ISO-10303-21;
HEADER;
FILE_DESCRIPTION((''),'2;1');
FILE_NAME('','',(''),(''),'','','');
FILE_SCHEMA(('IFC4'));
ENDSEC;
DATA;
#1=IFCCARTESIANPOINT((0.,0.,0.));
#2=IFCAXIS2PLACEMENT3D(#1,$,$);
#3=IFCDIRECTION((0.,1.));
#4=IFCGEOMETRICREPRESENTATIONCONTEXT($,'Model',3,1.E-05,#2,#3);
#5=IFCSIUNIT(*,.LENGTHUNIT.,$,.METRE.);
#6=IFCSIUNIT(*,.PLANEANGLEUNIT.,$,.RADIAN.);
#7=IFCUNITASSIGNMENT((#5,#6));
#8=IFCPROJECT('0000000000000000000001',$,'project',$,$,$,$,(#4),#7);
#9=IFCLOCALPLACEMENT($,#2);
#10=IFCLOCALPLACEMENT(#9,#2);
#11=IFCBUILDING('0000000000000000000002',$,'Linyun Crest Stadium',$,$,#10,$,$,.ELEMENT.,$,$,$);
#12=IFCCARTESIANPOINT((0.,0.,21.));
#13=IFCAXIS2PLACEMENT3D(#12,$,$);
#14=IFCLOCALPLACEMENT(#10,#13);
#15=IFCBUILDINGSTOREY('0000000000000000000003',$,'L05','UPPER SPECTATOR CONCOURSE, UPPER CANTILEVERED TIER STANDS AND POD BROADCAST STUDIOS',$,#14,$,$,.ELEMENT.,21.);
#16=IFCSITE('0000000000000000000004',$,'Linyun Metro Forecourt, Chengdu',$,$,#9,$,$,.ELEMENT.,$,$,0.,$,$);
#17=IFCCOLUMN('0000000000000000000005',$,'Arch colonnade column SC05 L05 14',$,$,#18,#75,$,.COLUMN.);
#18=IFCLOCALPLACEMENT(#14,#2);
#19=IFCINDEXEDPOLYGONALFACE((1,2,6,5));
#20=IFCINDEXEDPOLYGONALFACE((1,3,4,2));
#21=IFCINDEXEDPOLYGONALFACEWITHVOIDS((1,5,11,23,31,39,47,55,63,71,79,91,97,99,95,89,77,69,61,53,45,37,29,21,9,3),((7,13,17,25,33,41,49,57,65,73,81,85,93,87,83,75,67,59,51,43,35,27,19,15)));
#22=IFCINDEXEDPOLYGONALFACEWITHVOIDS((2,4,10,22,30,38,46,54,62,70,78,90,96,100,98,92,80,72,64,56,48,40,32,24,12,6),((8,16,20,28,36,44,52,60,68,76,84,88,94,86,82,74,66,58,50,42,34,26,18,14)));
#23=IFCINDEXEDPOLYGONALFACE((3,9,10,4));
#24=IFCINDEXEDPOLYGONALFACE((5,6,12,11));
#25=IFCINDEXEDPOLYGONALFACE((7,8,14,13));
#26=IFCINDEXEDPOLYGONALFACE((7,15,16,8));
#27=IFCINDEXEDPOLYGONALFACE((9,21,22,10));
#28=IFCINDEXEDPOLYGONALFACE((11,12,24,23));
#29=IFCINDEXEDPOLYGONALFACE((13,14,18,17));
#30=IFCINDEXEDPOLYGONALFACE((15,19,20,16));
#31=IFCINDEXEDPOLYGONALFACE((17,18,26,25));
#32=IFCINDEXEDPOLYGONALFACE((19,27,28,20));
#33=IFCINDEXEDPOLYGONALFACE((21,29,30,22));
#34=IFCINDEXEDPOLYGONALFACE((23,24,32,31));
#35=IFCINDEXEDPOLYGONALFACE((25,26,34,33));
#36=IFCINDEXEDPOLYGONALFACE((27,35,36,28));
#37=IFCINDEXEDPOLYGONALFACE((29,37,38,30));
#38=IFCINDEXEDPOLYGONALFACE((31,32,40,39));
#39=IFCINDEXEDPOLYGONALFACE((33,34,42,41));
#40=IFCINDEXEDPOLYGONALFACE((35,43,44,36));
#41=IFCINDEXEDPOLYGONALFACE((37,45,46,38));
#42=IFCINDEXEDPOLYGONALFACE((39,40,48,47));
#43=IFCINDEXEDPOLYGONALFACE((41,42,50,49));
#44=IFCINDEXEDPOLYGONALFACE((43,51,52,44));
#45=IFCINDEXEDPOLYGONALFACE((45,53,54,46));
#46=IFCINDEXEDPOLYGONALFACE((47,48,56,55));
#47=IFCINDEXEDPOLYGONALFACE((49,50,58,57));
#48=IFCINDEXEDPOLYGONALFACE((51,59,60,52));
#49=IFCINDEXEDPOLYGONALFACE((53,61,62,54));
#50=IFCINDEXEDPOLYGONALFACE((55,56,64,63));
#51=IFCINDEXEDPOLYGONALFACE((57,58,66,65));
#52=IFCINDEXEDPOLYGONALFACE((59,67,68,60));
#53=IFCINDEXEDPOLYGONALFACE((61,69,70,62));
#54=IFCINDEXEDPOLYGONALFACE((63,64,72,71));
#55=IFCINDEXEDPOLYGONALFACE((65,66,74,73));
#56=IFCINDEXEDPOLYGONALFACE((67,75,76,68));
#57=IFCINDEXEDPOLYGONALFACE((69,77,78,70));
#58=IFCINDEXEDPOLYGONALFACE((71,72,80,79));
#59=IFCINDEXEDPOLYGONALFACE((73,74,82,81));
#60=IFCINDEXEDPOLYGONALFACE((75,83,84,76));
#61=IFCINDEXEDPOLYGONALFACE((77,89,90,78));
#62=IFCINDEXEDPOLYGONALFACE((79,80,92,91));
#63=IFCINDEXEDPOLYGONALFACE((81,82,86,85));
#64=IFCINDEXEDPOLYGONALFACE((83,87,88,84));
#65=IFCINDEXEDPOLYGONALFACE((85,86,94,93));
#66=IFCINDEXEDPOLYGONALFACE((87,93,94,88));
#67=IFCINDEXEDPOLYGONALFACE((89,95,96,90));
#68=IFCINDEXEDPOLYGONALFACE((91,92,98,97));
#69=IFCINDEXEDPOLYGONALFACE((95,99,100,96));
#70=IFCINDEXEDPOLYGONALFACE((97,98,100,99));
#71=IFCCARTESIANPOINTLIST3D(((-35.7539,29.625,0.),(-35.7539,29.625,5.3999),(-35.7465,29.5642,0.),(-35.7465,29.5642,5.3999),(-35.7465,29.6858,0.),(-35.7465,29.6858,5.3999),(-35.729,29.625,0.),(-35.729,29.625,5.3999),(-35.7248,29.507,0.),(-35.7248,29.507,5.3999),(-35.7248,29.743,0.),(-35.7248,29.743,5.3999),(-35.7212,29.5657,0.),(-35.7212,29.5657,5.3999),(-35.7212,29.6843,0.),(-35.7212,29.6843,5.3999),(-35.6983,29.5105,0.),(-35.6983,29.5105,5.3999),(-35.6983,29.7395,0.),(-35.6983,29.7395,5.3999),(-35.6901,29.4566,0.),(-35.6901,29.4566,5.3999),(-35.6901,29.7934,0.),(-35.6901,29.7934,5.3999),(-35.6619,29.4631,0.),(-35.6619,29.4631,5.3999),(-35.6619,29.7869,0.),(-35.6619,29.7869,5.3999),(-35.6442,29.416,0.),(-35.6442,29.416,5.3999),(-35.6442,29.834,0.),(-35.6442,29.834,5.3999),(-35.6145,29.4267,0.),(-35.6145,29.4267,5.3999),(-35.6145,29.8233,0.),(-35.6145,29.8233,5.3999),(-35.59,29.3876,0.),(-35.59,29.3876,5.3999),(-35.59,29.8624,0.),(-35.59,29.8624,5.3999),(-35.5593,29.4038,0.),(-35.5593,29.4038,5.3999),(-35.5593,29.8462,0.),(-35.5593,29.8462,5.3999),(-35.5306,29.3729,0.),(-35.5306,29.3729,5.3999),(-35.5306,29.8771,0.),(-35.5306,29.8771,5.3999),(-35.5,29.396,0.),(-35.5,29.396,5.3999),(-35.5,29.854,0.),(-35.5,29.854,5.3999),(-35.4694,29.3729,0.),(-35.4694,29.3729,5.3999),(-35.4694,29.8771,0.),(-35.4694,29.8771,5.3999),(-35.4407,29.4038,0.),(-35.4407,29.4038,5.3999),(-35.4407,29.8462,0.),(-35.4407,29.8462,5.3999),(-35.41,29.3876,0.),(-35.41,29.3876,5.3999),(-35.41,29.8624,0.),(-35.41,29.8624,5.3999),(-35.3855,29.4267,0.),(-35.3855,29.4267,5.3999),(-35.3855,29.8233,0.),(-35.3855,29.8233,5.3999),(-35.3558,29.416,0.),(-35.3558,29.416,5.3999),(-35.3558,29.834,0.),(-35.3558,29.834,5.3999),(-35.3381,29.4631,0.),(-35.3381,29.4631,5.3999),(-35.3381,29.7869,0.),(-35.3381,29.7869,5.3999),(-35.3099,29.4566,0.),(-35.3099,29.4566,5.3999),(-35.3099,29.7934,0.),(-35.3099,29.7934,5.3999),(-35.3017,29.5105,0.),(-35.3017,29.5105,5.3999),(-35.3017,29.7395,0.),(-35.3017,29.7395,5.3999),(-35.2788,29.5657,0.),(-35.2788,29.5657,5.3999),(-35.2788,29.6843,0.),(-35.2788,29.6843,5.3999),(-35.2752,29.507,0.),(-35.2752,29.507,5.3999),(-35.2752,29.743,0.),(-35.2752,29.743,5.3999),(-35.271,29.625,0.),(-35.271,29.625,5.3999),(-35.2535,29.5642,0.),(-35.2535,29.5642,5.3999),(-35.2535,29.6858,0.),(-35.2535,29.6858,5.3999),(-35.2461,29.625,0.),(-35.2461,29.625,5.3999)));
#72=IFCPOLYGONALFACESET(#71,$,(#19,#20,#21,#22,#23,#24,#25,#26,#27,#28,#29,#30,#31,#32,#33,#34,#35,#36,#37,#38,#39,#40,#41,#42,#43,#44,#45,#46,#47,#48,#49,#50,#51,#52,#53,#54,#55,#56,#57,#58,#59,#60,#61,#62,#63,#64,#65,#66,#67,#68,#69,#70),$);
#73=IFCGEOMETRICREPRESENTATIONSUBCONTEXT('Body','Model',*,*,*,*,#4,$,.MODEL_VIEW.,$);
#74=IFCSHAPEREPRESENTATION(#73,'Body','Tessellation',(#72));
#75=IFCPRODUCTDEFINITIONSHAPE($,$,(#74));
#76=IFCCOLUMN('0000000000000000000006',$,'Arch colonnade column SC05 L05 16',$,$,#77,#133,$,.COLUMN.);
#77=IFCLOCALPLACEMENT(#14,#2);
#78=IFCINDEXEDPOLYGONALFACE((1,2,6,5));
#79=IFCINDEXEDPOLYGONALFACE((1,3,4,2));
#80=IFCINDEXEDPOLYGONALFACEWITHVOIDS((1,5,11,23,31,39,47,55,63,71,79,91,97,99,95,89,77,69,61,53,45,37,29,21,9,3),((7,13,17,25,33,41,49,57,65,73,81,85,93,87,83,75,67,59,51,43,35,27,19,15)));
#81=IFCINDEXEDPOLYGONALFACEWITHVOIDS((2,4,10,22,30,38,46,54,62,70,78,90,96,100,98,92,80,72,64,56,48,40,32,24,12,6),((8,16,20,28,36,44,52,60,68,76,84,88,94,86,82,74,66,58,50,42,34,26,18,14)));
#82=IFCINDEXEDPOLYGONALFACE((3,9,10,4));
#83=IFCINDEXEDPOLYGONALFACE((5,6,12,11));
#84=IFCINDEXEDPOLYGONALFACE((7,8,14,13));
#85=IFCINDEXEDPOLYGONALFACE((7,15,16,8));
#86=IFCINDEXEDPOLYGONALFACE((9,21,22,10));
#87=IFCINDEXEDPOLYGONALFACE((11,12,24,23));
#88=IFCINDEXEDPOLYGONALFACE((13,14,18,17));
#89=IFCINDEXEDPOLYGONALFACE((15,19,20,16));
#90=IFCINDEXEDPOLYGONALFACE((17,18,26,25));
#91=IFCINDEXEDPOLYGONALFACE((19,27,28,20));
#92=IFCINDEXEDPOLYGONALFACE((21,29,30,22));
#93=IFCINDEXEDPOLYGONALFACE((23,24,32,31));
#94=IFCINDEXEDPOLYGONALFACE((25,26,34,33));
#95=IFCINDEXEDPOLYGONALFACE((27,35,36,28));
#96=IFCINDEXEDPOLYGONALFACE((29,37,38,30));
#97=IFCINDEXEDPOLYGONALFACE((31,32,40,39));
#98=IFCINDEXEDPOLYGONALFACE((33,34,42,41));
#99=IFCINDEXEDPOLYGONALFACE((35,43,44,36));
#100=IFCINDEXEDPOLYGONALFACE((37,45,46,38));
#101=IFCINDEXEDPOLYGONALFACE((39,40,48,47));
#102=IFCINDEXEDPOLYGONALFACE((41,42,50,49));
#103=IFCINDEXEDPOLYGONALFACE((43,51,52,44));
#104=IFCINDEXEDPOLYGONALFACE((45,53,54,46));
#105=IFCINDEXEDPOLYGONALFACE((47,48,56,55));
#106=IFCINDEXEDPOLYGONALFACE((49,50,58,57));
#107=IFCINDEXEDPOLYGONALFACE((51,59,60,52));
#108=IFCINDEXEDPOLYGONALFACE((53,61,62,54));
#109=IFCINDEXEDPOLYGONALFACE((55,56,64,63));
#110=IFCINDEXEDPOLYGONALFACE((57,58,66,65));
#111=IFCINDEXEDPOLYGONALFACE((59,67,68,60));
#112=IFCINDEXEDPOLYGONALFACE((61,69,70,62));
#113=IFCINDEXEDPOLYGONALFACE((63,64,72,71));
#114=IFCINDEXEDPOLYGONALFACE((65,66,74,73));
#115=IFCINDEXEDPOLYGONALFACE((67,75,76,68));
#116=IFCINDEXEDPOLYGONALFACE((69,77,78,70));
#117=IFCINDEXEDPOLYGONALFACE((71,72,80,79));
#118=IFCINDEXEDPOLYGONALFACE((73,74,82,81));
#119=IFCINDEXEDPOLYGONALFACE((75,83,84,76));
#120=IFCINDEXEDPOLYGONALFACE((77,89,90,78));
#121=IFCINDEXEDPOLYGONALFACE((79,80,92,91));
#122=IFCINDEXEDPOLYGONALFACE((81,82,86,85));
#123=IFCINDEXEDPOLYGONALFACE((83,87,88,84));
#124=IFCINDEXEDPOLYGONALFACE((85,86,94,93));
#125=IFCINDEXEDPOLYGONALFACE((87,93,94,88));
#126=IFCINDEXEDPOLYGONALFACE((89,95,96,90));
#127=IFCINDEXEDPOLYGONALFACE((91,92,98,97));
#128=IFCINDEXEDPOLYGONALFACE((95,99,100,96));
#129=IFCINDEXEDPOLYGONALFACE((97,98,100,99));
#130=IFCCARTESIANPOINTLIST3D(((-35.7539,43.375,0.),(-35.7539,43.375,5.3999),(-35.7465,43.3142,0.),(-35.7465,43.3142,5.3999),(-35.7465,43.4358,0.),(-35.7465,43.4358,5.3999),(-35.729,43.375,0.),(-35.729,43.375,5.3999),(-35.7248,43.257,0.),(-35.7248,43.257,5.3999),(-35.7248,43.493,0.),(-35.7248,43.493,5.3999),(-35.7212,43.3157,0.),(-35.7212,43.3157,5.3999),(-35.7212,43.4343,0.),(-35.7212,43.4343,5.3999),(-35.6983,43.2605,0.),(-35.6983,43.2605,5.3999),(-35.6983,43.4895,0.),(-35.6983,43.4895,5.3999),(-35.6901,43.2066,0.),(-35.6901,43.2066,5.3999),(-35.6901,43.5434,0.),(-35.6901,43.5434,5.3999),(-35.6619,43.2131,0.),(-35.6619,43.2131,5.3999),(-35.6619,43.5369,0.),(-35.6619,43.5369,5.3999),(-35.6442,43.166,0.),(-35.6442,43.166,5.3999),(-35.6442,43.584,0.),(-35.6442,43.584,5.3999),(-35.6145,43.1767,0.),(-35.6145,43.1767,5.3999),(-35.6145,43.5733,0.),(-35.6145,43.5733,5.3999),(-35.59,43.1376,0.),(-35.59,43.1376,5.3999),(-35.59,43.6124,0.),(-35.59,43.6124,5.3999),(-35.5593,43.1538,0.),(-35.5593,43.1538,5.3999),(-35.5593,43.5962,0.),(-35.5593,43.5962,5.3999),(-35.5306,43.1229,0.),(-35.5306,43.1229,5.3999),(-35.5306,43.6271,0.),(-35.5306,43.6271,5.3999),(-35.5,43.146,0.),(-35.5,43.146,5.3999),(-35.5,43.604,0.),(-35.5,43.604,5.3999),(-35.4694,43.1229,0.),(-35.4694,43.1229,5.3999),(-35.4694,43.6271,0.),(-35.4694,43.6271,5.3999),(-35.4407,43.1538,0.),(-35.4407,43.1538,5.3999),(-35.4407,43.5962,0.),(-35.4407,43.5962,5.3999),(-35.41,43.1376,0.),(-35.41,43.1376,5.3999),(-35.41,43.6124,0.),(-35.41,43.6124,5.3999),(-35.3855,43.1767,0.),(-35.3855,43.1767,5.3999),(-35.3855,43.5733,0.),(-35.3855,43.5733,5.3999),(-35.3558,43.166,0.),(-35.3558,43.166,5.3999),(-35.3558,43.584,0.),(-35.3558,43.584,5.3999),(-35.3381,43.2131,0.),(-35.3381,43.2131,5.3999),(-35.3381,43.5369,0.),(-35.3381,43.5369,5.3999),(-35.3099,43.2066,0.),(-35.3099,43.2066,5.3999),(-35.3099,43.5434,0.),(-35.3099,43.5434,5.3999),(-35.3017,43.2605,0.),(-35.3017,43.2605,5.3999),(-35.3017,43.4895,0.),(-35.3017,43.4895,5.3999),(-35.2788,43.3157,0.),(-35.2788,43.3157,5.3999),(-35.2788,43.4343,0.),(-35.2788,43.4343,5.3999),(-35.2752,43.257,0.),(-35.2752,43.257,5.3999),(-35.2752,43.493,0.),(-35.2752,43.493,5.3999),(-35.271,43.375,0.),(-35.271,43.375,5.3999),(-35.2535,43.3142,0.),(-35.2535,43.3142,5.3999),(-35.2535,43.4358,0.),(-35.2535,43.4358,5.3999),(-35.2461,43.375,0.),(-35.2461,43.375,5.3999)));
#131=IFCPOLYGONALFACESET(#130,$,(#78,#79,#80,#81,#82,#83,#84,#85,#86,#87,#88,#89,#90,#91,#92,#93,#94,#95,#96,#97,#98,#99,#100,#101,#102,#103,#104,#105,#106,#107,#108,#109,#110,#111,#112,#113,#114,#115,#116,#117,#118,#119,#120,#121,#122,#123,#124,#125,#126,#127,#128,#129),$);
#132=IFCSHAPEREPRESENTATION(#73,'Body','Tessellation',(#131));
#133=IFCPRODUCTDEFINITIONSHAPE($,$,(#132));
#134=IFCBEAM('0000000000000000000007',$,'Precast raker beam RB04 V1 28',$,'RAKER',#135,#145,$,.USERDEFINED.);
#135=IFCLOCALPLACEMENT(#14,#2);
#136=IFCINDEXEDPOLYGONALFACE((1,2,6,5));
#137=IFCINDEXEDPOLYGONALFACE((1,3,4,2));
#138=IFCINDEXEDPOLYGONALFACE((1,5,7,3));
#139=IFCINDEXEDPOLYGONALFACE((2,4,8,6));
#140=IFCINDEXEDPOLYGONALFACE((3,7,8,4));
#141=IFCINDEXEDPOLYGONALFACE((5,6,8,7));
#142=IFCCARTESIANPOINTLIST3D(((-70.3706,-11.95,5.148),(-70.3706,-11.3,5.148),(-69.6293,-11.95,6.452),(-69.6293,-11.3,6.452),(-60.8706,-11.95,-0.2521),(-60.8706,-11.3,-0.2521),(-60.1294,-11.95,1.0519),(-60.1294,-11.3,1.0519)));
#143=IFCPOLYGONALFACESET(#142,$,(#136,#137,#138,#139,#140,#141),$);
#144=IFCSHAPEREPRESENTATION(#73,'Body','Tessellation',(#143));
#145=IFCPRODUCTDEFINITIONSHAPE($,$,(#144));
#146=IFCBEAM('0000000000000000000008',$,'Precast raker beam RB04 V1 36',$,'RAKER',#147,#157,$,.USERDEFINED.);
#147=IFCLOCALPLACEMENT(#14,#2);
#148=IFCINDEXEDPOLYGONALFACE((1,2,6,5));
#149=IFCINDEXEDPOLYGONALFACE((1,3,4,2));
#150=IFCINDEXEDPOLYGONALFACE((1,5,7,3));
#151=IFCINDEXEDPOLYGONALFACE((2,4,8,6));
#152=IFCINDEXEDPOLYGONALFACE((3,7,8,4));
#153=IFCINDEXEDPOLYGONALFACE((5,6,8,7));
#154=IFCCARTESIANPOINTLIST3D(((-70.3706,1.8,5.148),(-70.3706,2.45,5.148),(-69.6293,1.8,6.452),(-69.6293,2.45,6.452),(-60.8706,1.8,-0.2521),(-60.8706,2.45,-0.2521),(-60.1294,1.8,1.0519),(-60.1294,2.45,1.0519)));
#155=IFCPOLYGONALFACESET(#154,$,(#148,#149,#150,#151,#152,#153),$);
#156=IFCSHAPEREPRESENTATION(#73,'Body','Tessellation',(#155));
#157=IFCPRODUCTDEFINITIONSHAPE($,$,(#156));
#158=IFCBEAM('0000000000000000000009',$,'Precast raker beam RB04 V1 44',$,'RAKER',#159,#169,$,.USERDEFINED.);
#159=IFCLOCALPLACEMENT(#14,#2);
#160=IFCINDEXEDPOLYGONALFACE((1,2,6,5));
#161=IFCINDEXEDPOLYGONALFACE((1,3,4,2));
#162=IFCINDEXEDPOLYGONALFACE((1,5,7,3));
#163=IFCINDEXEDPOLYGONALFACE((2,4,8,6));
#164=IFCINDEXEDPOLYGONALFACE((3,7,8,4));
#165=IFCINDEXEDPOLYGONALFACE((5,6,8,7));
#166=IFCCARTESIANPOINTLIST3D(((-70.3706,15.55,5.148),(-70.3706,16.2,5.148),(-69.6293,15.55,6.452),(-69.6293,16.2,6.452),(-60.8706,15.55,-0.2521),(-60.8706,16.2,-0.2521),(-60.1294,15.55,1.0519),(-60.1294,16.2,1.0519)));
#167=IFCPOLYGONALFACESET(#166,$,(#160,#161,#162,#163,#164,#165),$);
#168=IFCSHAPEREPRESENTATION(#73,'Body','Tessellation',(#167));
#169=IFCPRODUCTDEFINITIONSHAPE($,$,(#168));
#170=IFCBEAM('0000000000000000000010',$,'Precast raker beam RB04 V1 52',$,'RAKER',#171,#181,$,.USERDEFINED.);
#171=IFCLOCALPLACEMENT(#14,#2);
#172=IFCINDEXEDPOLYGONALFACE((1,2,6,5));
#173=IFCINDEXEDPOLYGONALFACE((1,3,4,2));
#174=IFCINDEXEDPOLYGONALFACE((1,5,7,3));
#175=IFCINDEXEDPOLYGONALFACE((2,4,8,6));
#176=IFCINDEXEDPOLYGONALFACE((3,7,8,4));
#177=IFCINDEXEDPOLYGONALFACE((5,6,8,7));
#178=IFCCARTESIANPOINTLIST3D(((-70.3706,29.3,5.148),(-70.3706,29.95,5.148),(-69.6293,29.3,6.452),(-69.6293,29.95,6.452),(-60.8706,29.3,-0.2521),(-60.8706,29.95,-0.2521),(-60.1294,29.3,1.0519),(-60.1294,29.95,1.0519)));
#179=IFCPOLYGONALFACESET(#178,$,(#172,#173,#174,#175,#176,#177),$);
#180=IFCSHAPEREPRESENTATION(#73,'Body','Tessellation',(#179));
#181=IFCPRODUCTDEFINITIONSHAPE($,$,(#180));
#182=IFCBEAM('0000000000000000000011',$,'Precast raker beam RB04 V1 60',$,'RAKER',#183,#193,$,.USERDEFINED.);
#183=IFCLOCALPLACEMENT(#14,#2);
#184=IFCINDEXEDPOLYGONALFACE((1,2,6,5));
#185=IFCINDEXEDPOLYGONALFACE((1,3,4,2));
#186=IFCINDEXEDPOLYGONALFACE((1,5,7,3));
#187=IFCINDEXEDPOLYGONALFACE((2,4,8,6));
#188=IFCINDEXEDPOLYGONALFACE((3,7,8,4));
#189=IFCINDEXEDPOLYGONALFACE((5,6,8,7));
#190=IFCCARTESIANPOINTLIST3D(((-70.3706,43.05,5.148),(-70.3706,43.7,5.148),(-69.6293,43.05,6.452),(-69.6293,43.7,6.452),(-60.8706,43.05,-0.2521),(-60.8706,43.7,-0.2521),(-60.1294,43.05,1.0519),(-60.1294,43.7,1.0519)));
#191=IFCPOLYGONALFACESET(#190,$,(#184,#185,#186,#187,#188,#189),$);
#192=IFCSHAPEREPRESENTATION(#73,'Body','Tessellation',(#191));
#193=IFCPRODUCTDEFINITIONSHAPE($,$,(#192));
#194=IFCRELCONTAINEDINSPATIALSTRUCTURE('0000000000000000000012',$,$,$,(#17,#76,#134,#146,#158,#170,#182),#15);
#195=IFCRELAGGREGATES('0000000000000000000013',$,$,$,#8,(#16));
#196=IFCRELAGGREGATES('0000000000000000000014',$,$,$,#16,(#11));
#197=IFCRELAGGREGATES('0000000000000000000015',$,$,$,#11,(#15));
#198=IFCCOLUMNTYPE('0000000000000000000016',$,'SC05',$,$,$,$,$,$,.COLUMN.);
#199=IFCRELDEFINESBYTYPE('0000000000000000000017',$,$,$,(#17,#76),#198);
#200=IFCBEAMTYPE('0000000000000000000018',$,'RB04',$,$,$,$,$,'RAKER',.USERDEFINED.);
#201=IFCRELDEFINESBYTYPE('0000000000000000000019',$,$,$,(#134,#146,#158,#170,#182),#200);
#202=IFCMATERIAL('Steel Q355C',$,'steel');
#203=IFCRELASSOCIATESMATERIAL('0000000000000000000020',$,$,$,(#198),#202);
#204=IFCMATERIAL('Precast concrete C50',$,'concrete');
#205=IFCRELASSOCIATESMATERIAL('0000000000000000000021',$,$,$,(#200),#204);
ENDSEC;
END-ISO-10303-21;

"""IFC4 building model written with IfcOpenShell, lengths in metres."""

from ifc_helpers import new_model, si_unit, direction, frame, origin, origin_2d, place, context, subcontext, project, spatial, rectangle, hollow_circle, extrude, material, material_profile, profile_set, type_object, element, save


model = new_model("IFC4")

# Units and contexts
model_context = context("Model", 3, precision=1e-05, world=origin(), true_north=direction((0.0, 1.0)))
body_context = subcontext(model_context, "Body", "Model", "MODEL_VIEW")
ifc_project = project(units=[si_unit("LENGTHUNIT", "METRE"), si_unit("PLANEANGLEUNIT", "RADIAN")], contexts=[model_context])

# Site, building, storey
site_placement = place(None, origin())
site = spatial("IfcSite", under=ifc_project, at=site_placement, Name="Linyun Metro Forecourt, Chengdu", CompositionType="ELEMENT", RefElevation=0.0)
building_placement = place(site_placement, origin())
building = spatial("IfcBuilding", under=site, at=building_placement, Name="Linyun Crest Stadium", CompositionType="ELEMENT")
storey_placement = place(building_placement, frame((0.0, 0.0, 21.0)))
storey = spatial("IfcBuildingStorey", under=building, at=storey_placement, Name="L05", Description="UPPER SPECTATOR CONCOURSE, UPPER CANTILEVERED TIER STANDS AND POD BROADCAST STUDIOS", CompositionType="ELEMENT", Elevation=21.0)

# Columns
ifc_material_1 = material(Name="Steel Q355C", Category="steel")
ifc_material_profile_1 = material_profile(ifc_material_1, hollow_circle(Radius=0.2539, WallThickness=0.0249, at=origin_2d()), Name="CHS 508x25")
ifc_profile_set_1 = profile_set([ifc_material_profile_1], Name="Steel Q355C")
column_type = type_object("IfcColumnType", Name="SC05", PredefinedType="COLUMN", material=ifc_profile_set_1)
for number, where, z_axis, x_axis, name in (
    (1, (-35.5, 29.625, 0.0), (0.0, 0.0, 1.0), (1.0, 0.0, 0.0), "Arch colonnade column SC05 L05 14"),
    (2, (-35.5, 43.375, 0.0), (0.0, 0.0, 1.0), (1.0, 0.0, 0.0), "Arch colonnade column SC05 L05 16"),
):
    element("IfcColumn", number, at=place(storey_placement, frame(where, z_axis=z_axis, x_axis=x_axis)), inside=storey, type_object=column_type, Name=name, PredefinedType="COLUMN", context=body_context, shape_type="SweptSolid", body=[
        extrude(hollow_circle(Radius=0.2539, WallThickness=0.0249, at=origin_2d()), origin(), (0.0, 0.0, 1.0), 5.3999),
    ])

# Beams
ifc_material_2 = material(Name="Precast concrete C50", Category="concrete")
ifc_material_profile_2 = material_profile(ifc_material_2, rectangle(XDim=0.6499, YDim=1.5, at=origin_2d()), Name="PCR 1500x650")
ifc_profile_set_2 = profile_set([ifc_material_profile_2], Name="Precast concrete C50")
beam_type = type_object("IfcBeamType", Name="RB04", ElementType="RAKER", PredefinedType="USERDEFINED", material=ifc_profile_set_2)
for number, where, z_axis, x_axis, name in (
    (3, (-60.5, -11.625, 0.3999), (-0.869361, 0.0, 0.494177), (0.0, -1.0, 0.0), "Precast raker beam RB04 V1 28"),
    (4, (-60.5, 2.125, 0.3999), (-0.869361, 0.0, 0.494177), (0.0, -1.0, 0.0), "Precast raker beam RB04 V1 36"),
    (5, (-60.5, 15.875, 0.3999), (-0.869361, 0.0, 0.494177), (0.0, -1.0, 0.0), "Precast raker beam RB04 V1 44"),
    (6, (-60.5, 29.625, 0.3999), (-0.869361, 0.0, 0.494177), (0.0, -1.0, 0.0), "Precast raker beam RB04 V1 52"),
    (7, (-60.5, 43.375, 0.3999), (-0.869361, 0.0, 0.494177), (0.0, -1.0, 0.0), "Precast raker beam RB04 V1 60"),
):
    element("IfcBeam", number, at=place(storey_placement, frame(where, z_axis=z_axis, x_axis=x_axis)), inside=storey, type_object=beam_type, Name=name, ObjectType="RAKER", PredefinedType="USERDEFINED", context=body_context, shape_type="SweptSolid", body=[
        extrude(rectangle(XDim=0.6499, YDim=1.5, at=origin_2d()), origin(), (0.0, 0.0, 1.0), 10.9275),
    ])

save(model, "model.ifc")
